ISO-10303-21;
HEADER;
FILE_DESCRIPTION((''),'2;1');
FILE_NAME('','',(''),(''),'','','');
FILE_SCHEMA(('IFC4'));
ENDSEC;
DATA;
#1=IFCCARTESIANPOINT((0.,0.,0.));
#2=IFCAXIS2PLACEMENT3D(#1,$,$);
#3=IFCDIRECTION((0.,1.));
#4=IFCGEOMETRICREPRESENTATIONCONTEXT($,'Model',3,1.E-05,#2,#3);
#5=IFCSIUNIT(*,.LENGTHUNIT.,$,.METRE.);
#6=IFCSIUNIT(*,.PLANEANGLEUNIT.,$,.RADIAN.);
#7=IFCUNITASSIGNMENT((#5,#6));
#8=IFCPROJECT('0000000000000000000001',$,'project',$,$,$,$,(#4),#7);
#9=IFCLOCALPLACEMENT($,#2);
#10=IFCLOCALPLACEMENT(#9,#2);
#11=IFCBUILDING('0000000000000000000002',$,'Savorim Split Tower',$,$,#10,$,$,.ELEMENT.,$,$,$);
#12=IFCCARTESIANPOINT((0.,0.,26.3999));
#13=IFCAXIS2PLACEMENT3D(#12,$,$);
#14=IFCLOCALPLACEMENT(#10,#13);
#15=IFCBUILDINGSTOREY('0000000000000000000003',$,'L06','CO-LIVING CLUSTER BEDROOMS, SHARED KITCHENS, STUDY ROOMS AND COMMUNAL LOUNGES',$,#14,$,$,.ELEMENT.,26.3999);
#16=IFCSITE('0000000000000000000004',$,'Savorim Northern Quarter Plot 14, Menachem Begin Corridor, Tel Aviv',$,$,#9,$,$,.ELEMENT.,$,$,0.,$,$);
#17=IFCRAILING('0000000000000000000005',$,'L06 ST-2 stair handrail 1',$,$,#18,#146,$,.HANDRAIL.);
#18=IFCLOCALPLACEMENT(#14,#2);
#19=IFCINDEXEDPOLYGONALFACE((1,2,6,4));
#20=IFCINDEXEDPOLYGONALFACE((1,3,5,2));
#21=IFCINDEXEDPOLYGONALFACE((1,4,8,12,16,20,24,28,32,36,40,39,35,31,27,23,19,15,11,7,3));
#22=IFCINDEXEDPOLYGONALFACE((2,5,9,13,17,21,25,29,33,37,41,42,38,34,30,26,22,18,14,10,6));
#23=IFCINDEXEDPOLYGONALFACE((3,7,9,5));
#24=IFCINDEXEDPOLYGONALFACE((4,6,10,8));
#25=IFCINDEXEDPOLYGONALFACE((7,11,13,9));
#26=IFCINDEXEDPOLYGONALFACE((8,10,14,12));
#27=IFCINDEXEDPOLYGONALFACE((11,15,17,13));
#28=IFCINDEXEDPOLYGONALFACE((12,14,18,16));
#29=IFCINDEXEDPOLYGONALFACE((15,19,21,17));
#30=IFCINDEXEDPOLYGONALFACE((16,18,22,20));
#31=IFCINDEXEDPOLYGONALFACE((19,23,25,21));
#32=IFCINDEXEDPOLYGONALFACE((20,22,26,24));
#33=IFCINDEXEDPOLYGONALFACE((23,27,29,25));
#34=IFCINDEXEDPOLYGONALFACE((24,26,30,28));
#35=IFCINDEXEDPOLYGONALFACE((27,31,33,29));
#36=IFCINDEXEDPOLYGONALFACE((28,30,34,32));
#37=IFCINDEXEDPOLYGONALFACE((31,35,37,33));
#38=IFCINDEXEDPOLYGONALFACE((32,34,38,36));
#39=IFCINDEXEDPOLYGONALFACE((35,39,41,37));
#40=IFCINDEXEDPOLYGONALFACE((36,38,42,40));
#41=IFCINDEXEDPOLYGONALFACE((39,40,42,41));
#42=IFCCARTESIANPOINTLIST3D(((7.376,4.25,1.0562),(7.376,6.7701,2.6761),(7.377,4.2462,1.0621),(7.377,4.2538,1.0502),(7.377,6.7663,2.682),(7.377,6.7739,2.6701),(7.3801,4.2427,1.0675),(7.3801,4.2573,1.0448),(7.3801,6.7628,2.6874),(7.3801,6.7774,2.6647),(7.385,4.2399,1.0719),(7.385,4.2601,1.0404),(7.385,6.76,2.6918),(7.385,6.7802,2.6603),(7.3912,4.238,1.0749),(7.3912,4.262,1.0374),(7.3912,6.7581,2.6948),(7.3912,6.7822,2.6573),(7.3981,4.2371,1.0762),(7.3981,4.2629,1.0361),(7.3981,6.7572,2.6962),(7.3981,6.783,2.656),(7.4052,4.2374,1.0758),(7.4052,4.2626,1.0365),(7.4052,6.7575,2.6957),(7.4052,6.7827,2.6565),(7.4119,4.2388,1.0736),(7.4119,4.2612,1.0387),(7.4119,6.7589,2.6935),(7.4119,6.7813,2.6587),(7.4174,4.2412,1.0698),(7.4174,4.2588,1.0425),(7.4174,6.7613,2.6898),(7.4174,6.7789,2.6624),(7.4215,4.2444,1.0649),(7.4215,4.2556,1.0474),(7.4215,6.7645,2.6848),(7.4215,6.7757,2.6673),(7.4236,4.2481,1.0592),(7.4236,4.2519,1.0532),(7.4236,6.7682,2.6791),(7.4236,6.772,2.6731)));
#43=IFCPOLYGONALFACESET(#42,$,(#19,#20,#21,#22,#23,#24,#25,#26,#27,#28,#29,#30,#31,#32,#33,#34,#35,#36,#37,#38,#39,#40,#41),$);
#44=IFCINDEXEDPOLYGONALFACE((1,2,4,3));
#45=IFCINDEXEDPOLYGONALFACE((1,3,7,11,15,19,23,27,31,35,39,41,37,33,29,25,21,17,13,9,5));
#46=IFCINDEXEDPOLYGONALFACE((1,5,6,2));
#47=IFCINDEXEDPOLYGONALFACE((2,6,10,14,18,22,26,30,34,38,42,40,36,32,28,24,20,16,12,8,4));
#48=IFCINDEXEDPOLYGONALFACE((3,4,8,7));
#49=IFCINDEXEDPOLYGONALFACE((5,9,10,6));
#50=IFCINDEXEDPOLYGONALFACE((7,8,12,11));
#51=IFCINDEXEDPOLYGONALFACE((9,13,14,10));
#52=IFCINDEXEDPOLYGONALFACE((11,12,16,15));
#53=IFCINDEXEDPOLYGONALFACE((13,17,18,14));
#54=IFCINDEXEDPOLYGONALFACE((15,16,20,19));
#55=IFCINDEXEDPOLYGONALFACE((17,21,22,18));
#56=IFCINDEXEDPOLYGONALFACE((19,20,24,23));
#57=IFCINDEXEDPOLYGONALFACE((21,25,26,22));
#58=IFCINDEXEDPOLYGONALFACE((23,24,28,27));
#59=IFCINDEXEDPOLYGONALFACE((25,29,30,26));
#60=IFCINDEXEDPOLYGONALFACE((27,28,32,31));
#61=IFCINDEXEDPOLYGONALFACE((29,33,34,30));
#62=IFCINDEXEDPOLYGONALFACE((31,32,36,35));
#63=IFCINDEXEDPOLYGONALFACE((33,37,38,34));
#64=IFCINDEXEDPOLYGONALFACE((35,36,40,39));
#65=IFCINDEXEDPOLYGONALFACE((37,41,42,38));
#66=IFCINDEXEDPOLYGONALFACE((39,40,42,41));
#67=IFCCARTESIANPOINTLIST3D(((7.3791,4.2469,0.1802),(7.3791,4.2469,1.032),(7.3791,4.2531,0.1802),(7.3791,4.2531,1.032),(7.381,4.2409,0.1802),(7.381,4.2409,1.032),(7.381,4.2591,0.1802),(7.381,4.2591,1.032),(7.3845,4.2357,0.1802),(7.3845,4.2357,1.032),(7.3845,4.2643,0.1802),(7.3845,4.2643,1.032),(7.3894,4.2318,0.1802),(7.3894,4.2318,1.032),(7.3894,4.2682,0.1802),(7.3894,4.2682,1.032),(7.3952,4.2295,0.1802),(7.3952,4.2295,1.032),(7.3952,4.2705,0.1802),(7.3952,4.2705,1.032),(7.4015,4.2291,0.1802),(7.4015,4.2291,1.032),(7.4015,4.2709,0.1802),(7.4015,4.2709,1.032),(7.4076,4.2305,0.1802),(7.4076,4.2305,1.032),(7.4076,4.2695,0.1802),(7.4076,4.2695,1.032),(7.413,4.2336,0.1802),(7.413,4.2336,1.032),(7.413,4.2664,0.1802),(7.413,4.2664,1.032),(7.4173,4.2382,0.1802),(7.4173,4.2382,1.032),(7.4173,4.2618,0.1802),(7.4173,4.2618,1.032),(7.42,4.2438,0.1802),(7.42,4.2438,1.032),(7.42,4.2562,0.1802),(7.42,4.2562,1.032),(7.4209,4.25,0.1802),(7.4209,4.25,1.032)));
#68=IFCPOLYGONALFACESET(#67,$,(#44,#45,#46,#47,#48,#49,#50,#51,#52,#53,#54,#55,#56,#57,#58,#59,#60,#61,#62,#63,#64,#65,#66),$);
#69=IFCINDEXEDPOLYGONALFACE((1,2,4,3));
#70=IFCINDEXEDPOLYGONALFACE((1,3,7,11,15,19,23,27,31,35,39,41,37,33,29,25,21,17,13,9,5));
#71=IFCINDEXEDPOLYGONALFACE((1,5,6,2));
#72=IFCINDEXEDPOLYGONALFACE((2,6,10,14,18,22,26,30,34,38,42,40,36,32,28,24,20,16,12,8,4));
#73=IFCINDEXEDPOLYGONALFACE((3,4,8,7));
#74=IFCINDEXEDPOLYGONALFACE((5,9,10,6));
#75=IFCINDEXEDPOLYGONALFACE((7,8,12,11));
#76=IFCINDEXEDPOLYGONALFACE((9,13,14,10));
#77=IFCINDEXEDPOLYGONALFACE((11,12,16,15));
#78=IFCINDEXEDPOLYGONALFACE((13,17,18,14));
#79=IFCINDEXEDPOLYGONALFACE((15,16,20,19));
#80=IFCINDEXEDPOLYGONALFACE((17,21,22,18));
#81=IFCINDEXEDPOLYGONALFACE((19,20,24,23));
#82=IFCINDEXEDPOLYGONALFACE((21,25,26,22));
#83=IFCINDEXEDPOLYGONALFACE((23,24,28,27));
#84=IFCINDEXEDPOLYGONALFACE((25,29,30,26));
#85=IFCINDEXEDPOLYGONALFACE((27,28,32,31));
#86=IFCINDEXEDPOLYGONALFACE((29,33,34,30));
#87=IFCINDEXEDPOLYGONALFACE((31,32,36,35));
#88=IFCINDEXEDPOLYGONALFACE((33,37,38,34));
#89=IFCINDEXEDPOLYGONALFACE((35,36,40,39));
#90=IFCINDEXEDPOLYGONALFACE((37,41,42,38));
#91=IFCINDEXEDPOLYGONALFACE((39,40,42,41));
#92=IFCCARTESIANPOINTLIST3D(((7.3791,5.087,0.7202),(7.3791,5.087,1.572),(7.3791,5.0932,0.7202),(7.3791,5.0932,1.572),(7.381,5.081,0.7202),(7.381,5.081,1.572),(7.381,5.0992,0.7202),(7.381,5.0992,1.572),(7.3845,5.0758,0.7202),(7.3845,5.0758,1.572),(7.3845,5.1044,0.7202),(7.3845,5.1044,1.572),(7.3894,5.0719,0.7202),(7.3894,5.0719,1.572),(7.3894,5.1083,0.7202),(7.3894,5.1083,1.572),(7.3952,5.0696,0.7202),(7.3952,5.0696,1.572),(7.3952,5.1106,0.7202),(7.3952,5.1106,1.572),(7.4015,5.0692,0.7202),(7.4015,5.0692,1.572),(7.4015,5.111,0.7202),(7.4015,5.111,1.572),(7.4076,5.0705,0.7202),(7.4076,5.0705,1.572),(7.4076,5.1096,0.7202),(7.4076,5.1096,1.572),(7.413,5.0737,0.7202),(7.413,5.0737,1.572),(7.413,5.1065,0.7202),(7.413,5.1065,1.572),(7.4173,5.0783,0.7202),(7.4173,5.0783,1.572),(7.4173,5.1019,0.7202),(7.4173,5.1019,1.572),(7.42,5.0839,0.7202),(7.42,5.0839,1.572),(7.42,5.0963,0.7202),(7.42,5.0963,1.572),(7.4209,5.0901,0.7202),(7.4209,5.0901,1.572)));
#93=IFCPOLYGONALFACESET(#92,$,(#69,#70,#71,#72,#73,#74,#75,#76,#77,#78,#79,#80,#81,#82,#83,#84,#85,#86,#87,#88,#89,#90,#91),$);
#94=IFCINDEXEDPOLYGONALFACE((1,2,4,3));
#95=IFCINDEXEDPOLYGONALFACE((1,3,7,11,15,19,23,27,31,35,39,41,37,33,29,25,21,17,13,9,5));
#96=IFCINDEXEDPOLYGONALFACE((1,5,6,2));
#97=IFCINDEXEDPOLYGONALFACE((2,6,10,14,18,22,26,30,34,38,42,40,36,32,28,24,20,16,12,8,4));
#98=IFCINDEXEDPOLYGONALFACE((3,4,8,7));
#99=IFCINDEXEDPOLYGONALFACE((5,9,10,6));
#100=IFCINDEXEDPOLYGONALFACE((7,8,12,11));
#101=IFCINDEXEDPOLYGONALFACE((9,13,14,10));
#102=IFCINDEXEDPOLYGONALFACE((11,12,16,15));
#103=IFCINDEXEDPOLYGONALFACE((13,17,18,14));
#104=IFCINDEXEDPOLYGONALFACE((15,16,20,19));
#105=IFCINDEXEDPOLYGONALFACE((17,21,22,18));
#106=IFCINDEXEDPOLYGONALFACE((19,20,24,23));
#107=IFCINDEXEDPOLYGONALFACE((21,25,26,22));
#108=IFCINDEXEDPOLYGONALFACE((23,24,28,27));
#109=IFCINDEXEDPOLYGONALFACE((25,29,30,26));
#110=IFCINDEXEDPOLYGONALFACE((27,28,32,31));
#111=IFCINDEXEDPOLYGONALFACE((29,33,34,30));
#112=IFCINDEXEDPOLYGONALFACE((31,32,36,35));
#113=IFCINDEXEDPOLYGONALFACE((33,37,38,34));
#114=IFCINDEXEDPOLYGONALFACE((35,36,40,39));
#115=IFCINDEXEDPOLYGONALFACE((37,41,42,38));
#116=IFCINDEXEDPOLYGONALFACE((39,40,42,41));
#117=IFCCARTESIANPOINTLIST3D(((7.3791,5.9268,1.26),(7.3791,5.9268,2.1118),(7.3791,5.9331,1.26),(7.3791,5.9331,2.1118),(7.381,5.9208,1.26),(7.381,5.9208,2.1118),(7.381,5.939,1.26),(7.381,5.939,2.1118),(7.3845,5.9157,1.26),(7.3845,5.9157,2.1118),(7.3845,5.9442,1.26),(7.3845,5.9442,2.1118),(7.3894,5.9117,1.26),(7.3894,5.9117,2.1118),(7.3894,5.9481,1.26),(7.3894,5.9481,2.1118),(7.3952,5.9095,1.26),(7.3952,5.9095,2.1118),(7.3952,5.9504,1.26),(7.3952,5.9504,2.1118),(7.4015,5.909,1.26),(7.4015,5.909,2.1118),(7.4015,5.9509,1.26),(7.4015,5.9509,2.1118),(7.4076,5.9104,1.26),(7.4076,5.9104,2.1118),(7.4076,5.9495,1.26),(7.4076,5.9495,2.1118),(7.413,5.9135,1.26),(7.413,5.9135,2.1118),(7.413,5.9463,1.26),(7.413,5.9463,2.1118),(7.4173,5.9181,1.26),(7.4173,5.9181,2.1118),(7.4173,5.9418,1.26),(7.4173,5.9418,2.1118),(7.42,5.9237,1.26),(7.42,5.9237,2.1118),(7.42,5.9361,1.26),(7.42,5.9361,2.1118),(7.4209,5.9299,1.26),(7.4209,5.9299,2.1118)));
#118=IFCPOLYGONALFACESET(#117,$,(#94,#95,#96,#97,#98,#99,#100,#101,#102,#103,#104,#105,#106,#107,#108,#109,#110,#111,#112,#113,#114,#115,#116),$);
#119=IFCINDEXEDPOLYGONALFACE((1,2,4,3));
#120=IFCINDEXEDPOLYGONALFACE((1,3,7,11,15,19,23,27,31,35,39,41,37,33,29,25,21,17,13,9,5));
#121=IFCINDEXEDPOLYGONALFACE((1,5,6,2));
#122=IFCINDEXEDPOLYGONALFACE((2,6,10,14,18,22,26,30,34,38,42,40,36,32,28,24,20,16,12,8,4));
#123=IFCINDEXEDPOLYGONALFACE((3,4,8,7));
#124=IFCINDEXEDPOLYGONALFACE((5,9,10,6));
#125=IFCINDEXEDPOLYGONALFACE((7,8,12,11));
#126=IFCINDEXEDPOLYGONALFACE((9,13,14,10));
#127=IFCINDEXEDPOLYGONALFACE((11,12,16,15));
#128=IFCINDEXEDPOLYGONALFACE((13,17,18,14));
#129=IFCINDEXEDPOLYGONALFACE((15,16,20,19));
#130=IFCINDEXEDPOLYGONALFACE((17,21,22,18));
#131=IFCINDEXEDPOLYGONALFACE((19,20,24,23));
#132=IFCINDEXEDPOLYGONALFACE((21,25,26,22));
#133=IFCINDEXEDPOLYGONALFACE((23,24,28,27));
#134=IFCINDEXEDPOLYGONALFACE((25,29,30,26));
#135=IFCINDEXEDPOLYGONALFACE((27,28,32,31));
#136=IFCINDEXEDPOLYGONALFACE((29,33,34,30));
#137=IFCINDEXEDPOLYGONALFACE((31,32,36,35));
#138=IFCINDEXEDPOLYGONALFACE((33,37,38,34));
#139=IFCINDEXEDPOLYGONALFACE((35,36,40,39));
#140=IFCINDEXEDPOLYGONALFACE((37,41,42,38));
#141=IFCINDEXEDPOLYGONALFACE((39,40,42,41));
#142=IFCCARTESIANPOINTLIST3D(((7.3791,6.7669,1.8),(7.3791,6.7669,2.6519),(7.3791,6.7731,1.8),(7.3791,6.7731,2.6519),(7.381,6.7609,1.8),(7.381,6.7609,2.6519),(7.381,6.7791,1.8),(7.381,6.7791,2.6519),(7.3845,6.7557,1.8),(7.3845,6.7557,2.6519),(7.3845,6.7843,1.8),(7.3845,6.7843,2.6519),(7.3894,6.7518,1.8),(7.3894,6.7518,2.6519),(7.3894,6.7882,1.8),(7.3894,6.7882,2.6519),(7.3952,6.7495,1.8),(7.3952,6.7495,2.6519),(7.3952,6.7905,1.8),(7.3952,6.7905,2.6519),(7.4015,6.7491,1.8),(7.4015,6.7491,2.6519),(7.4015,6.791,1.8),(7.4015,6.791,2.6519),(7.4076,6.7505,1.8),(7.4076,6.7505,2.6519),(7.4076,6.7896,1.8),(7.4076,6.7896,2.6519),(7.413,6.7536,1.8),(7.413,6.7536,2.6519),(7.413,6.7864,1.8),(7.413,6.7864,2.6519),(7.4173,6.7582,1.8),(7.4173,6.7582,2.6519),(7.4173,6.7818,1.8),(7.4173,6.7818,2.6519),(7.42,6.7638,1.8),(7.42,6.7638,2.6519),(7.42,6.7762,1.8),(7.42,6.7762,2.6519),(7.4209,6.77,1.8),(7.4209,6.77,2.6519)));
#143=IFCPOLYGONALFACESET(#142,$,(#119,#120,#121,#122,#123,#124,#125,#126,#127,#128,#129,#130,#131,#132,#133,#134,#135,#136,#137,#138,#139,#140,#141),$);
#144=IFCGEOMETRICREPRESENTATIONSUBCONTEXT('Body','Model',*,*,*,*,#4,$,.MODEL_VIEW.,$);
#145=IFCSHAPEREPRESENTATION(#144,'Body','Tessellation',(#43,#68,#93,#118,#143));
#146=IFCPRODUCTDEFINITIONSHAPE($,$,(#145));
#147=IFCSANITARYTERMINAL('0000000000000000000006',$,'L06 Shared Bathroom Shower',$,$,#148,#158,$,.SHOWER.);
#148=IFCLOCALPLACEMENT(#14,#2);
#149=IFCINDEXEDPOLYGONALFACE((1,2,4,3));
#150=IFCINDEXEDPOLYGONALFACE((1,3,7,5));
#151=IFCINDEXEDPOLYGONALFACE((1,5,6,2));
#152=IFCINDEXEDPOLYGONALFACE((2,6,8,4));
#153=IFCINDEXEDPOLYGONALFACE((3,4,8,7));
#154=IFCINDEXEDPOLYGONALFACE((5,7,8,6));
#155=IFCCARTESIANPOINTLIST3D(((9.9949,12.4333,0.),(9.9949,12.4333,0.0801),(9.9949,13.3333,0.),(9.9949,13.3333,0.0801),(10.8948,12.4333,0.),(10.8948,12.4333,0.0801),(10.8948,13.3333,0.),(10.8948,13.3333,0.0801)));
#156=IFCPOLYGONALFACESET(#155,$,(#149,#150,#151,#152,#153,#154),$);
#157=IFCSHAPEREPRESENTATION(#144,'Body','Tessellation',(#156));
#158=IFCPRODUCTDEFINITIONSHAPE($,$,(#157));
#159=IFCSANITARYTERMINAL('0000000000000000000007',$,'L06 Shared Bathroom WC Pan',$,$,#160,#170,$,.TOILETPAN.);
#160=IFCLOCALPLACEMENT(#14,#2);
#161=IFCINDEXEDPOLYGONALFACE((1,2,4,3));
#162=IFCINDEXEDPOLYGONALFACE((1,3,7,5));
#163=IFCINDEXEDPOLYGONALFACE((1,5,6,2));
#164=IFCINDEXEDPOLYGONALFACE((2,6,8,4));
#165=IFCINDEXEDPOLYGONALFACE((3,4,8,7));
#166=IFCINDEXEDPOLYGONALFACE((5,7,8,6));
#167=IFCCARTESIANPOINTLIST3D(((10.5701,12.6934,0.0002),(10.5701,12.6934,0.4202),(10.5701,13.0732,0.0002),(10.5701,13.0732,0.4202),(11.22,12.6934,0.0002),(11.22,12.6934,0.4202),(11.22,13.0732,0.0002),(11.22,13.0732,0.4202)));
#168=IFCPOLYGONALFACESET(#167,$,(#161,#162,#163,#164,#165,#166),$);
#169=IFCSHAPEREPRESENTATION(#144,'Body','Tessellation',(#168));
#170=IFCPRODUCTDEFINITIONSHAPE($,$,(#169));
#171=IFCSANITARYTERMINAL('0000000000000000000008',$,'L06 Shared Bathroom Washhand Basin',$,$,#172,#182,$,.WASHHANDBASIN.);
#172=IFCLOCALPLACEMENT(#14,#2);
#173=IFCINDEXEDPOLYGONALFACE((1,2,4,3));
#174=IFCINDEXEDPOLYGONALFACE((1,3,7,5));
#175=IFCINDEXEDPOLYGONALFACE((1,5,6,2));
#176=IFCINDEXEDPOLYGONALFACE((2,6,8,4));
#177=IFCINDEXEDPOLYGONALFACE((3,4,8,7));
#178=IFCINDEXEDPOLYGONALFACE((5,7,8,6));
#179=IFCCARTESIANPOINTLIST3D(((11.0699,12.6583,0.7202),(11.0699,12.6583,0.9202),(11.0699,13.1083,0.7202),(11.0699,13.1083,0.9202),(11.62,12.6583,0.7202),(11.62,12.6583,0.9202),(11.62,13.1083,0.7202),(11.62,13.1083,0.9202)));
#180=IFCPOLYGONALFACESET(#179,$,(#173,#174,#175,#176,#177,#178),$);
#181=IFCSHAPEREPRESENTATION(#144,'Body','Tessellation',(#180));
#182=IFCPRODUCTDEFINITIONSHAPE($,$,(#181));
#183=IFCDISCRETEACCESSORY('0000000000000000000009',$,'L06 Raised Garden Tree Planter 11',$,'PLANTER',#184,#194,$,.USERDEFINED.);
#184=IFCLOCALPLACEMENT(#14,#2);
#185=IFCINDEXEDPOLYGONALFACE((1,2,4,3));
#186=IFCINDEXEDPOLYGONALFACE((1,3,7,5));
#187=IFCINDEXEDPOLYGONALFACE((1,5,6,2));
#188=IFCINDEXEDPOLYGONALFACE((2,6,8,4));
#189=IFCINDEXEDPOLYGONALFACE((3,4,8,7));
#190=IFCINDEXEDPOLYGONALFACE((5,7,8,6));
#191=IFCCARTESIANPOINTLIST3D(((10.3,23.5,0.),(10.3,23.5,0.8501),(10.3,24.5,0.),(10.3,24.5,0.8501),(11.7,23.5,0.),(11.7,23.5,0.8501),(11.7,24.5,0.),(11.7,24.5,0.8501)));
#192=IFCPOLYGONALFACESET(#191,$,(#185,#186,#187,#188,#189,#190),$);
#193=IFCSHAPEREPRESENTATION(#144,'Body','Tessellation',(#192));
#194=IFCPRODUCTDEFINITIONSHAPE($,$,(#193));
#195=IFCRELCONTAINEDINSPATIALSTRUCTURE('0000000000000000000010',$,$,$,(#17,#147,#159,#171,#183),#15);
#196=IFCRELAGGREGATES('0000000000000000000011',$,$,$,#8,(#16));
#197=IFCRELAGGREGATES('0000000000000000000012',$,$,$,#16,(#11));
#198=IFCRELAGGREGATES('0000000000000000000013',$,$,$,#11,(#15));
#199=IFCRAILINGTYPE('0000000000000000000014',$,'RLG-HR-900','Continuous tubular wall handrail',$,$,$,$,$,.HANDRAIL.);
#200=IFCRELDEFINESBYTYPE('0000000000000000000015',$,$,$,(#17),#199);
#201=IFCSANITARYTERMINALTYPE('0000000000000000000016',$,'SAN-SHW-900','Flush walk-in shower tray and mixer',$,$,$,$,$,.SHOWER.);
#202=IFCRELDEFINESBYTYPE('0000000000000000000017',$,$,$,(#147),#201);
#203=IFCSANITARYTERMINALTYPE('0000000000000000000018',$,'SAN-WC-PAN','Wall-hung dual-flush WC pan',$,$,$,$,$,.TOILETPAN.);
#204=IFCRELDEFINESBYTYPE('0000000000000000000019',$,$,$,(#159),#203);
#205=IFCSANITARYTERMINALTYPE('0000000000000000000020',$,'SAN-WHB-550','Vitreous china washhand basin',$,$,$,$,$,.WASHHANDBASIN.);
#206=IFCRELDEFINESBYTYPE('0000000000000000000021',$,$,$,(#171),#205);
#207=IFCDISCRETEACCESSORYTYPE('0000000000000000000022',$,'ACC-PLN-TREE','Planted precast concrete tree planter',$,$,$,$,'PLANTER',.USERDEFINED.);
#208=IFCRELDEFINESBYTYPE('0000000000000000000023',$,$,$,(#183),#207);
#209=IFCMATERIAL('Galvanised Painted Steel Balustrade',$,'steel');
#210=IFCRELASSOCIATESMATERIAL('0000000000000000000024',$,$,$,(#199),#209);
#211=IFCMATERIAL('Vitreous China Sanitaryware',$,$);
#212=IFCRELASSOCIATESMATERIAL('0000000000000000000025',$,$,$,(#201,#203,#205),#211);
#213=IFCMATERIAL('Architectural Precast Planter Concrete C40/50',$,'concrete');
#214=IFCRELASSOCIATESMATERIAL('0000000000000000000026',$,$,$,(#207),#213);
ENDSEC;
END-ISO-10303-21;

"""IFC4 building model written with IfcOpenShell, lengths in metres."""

from ifc_helpers import new_model, si_unit, direction, frame, origin, origin_2d, place, context, subcontext, project, spatial, rectangle, circle, extrude, material, type_object, element, save


model = new_model("IFC4")

# Units and contexts
model_context = context("Model", 3, precision=1e-05, world=origin(), true_north=direction((0.0, 1.0)))
body_context = subcontext(model_context, "Body", "Model", "MODEL_VIEW")
ifc_project = project(units=[si_unit("LENGTHUNIT", "METRE"), si_unit("PLANEANGLEUNIT", "RADIAN")], contexts=[model_context])

# Site, building, storey
site_placement = place(None, origin())
site = spatial("IfcSite", under=ifc_project, at=site_placement, Name="Savorim Northern Quarter Plot 14, Menachem Begin Corridor, Tel Aviv", CompositionType="ELEMENT", RefElevation=0.0)
building_placement = place(site_placement, origin())
building = spatial("IfcBuilding", under=site, at=building_placement, Name="Savorim Split Tower", CompositionType="ELEMENT")
storey_placement = place(building_placement, frame((0.0, 0.0, 26.3999)))
storey = spatial("IfcBuildingStorey", under=building, at=storey_placement, Name="L06", Description="CO-LIVING CLUSTER BEDROOMS, SHARED KITCHENS, STUDY ROOMS AND COMMUNAL LOUNGES", CompositionType="ELEMENT", Elevation=26.3999)

# Railing
ifc_material_1 = material(Name="Galvanised Painted Steel Balustrade", Category="steel")
railing_type = type_object("IfcRailingType", Name="RLG-HR-900", Description="Continuous tubular wall handrail", PredefinedType="HANDRAIL", material=ifc_material_1)
railing_placement = place(storey_placement, frame((7.3999, 4.25, 0.1802)))
element("IfcRailing", 1, at=railing_placement, inside=storey, type_object=railing_type, Name="L06 ST-2 stair handrail 1", PredefinedType="HANDRAIL", context=body_context, shape_type="SweptSolid", body=[
    extrude(circle(Radius=0.0239, at=origin_2d()), frame((0.0, 0.0, 0.876), z_axis=(0.0, 0.8412, 0.540725), x_axis=(-1.0, 0.0, 0.0)), (0.0, 0.0, 1.0), 2.9958),
    extrude(circle(Radius=0.021, at=origin_2d()), origin(), (0.0, 0.0, 1.0), 0.8518),
    extrude(circle(Radius=0.021, at=origin_2d()), frame((0.0, 0.8401, 0.54)), (0.0, 0.0, 1.0), 0.8518),
    extrude(circle(Radius=0.021, at=origin_2d()), frame((0.0, 1.6799, 1.0798)), (0.0, 0.0, 1.0), 0.8518),
    extrude(circle(Radius=0.021, at=origin_2d()), frame((0.0, 2.52, 1.6199)), (0.0, 0.0, 1.0), 0.8518),
])

# Sanitary terminals
ifc_material_2 = material(Name="Vitreous China Sanitaryware")
sanitary_terminal_type_1 = type_object("IfcSanitaryTerminalType", Name="SAN-SHW-900", Description="Flush walk-in shower tray and mixer", PredefinedType="SHOWER", material=ifc_material_2)
sanitary_terminal_1_placement = place(storey_placement, frame((10.4448, 12.8833, 0.0), z_axis=(0.0, 0.0, 1.0), x_axis=(1.0, 0.0, 0.0)))
element("IfcSanitaryTerminal", 2, at=sanitary_terminal_1_placement, inside=storey, type_object=sanitary_terminal_type_1, Name="L06 Shared Bathroom Shower", PredefinedType="SHOWER", context=body_context, shape_type="SweptSolid", body=[
    extrude(rectangle(XDim=0.8999, YDim=0.8999, at=origin_2d()), origin(), (0.0, 0.0, 1.0), 0.0801),
])
sanitary_terminal_type_2 = type_object("IfcSanitaryTerminalType", Name="SAN-WC-PAN", Description="Wall-hung dual-flush WC pan", PredefinedType="TOILETPAN", material=ifc_material_2)
sanitary_terminal_2_placement = place(storey_placement, frame((10.895, 12.8833, 0.0002), z_axis=(0.0, 0.0, 1.0), x_axis=(1.0, 0.0, 0.0)))
element("IfcSanitaryTerminal", 3, at=sanitary_terminal_2_placement, inside=storey, type_object=sanitary_terminal_type_2, Name="L06 Shared Bathroom WC Pan", PredefinedType="TOILETPAN", context=body_context, shape_type="SweptSolid", body=[
    extrude(rectangle(XDim=0.6499, YDim=0.3799, at=origin_2d()), origin(), (0.0, 0.0, 1.0), 0.4199),
])
sanitary_terminal_type_3 = type_object("IfcSanitaryTerminalType", Name="SAN-WHB-550", Description="Vitreous china washhand basin", PredefinedType="WASHHANDBASIN", material=ifc_material_2)
sanitary_terminal_3_placement = place(storey_placement, frame((11.345, 12.8833, 0.7202), z_axis=(0.0, 0.0, 1.0), x_axis=(1.0, 0.0, 0.0)))
element("IfcSanitaryTerminal", 4, at=sanitary_terminal_3_placement, inside=storey, type_object=sanitary_terminal_type_3, Name="L06 Shared Bathroom Washhand Basin", PredefinedType="WASHHANDBASIN", context=body_context, shape_type="SweptSolid", body=[
    extrude(rectangle(XDim=0.55, YDim=0.45, at=origin_2d()), origin(), (0.0, 0.0, 1.0), 0.2),
])

# Discrete accessory
ifc_material_3 = material(Name="Architectural Precast Planter Concrete C40/50", Category="concrete")
discrete_accessory_type = type_object("IfcDiscreteAccessoryType", Name="ACC-PLN-TREE", Description="Planted precast concrete tree planter", ElementType="PLANTER", PredefinedType="USERDEFINED", material=ifc_material_3)
discrete_accessory_placement = place(storey_placement, frame((11.0, 24.0, 0.0), z_axis=(0.0, 0.0, 1.0), x_axis=(1.0, 0.0, 0.0)))
element("IfcDiscreteAccessory", 5, at=discrete_accessory_placement, inside=storey, type_object=discrete_accessory_type, Name="L06 Raised Garden Tree Planter 11", ObjectType="PLANTER", PredefinedType="USERDEFINED", context=body_context, shape_type="SweptSolid", body=[
    extrude(rectangle(XDim=1.3999, YDim=1.0, at=origin_2d()), origin(), (0.0, 0.0, 1.0), 0.8501),
])

save(model, "model.ifc")
